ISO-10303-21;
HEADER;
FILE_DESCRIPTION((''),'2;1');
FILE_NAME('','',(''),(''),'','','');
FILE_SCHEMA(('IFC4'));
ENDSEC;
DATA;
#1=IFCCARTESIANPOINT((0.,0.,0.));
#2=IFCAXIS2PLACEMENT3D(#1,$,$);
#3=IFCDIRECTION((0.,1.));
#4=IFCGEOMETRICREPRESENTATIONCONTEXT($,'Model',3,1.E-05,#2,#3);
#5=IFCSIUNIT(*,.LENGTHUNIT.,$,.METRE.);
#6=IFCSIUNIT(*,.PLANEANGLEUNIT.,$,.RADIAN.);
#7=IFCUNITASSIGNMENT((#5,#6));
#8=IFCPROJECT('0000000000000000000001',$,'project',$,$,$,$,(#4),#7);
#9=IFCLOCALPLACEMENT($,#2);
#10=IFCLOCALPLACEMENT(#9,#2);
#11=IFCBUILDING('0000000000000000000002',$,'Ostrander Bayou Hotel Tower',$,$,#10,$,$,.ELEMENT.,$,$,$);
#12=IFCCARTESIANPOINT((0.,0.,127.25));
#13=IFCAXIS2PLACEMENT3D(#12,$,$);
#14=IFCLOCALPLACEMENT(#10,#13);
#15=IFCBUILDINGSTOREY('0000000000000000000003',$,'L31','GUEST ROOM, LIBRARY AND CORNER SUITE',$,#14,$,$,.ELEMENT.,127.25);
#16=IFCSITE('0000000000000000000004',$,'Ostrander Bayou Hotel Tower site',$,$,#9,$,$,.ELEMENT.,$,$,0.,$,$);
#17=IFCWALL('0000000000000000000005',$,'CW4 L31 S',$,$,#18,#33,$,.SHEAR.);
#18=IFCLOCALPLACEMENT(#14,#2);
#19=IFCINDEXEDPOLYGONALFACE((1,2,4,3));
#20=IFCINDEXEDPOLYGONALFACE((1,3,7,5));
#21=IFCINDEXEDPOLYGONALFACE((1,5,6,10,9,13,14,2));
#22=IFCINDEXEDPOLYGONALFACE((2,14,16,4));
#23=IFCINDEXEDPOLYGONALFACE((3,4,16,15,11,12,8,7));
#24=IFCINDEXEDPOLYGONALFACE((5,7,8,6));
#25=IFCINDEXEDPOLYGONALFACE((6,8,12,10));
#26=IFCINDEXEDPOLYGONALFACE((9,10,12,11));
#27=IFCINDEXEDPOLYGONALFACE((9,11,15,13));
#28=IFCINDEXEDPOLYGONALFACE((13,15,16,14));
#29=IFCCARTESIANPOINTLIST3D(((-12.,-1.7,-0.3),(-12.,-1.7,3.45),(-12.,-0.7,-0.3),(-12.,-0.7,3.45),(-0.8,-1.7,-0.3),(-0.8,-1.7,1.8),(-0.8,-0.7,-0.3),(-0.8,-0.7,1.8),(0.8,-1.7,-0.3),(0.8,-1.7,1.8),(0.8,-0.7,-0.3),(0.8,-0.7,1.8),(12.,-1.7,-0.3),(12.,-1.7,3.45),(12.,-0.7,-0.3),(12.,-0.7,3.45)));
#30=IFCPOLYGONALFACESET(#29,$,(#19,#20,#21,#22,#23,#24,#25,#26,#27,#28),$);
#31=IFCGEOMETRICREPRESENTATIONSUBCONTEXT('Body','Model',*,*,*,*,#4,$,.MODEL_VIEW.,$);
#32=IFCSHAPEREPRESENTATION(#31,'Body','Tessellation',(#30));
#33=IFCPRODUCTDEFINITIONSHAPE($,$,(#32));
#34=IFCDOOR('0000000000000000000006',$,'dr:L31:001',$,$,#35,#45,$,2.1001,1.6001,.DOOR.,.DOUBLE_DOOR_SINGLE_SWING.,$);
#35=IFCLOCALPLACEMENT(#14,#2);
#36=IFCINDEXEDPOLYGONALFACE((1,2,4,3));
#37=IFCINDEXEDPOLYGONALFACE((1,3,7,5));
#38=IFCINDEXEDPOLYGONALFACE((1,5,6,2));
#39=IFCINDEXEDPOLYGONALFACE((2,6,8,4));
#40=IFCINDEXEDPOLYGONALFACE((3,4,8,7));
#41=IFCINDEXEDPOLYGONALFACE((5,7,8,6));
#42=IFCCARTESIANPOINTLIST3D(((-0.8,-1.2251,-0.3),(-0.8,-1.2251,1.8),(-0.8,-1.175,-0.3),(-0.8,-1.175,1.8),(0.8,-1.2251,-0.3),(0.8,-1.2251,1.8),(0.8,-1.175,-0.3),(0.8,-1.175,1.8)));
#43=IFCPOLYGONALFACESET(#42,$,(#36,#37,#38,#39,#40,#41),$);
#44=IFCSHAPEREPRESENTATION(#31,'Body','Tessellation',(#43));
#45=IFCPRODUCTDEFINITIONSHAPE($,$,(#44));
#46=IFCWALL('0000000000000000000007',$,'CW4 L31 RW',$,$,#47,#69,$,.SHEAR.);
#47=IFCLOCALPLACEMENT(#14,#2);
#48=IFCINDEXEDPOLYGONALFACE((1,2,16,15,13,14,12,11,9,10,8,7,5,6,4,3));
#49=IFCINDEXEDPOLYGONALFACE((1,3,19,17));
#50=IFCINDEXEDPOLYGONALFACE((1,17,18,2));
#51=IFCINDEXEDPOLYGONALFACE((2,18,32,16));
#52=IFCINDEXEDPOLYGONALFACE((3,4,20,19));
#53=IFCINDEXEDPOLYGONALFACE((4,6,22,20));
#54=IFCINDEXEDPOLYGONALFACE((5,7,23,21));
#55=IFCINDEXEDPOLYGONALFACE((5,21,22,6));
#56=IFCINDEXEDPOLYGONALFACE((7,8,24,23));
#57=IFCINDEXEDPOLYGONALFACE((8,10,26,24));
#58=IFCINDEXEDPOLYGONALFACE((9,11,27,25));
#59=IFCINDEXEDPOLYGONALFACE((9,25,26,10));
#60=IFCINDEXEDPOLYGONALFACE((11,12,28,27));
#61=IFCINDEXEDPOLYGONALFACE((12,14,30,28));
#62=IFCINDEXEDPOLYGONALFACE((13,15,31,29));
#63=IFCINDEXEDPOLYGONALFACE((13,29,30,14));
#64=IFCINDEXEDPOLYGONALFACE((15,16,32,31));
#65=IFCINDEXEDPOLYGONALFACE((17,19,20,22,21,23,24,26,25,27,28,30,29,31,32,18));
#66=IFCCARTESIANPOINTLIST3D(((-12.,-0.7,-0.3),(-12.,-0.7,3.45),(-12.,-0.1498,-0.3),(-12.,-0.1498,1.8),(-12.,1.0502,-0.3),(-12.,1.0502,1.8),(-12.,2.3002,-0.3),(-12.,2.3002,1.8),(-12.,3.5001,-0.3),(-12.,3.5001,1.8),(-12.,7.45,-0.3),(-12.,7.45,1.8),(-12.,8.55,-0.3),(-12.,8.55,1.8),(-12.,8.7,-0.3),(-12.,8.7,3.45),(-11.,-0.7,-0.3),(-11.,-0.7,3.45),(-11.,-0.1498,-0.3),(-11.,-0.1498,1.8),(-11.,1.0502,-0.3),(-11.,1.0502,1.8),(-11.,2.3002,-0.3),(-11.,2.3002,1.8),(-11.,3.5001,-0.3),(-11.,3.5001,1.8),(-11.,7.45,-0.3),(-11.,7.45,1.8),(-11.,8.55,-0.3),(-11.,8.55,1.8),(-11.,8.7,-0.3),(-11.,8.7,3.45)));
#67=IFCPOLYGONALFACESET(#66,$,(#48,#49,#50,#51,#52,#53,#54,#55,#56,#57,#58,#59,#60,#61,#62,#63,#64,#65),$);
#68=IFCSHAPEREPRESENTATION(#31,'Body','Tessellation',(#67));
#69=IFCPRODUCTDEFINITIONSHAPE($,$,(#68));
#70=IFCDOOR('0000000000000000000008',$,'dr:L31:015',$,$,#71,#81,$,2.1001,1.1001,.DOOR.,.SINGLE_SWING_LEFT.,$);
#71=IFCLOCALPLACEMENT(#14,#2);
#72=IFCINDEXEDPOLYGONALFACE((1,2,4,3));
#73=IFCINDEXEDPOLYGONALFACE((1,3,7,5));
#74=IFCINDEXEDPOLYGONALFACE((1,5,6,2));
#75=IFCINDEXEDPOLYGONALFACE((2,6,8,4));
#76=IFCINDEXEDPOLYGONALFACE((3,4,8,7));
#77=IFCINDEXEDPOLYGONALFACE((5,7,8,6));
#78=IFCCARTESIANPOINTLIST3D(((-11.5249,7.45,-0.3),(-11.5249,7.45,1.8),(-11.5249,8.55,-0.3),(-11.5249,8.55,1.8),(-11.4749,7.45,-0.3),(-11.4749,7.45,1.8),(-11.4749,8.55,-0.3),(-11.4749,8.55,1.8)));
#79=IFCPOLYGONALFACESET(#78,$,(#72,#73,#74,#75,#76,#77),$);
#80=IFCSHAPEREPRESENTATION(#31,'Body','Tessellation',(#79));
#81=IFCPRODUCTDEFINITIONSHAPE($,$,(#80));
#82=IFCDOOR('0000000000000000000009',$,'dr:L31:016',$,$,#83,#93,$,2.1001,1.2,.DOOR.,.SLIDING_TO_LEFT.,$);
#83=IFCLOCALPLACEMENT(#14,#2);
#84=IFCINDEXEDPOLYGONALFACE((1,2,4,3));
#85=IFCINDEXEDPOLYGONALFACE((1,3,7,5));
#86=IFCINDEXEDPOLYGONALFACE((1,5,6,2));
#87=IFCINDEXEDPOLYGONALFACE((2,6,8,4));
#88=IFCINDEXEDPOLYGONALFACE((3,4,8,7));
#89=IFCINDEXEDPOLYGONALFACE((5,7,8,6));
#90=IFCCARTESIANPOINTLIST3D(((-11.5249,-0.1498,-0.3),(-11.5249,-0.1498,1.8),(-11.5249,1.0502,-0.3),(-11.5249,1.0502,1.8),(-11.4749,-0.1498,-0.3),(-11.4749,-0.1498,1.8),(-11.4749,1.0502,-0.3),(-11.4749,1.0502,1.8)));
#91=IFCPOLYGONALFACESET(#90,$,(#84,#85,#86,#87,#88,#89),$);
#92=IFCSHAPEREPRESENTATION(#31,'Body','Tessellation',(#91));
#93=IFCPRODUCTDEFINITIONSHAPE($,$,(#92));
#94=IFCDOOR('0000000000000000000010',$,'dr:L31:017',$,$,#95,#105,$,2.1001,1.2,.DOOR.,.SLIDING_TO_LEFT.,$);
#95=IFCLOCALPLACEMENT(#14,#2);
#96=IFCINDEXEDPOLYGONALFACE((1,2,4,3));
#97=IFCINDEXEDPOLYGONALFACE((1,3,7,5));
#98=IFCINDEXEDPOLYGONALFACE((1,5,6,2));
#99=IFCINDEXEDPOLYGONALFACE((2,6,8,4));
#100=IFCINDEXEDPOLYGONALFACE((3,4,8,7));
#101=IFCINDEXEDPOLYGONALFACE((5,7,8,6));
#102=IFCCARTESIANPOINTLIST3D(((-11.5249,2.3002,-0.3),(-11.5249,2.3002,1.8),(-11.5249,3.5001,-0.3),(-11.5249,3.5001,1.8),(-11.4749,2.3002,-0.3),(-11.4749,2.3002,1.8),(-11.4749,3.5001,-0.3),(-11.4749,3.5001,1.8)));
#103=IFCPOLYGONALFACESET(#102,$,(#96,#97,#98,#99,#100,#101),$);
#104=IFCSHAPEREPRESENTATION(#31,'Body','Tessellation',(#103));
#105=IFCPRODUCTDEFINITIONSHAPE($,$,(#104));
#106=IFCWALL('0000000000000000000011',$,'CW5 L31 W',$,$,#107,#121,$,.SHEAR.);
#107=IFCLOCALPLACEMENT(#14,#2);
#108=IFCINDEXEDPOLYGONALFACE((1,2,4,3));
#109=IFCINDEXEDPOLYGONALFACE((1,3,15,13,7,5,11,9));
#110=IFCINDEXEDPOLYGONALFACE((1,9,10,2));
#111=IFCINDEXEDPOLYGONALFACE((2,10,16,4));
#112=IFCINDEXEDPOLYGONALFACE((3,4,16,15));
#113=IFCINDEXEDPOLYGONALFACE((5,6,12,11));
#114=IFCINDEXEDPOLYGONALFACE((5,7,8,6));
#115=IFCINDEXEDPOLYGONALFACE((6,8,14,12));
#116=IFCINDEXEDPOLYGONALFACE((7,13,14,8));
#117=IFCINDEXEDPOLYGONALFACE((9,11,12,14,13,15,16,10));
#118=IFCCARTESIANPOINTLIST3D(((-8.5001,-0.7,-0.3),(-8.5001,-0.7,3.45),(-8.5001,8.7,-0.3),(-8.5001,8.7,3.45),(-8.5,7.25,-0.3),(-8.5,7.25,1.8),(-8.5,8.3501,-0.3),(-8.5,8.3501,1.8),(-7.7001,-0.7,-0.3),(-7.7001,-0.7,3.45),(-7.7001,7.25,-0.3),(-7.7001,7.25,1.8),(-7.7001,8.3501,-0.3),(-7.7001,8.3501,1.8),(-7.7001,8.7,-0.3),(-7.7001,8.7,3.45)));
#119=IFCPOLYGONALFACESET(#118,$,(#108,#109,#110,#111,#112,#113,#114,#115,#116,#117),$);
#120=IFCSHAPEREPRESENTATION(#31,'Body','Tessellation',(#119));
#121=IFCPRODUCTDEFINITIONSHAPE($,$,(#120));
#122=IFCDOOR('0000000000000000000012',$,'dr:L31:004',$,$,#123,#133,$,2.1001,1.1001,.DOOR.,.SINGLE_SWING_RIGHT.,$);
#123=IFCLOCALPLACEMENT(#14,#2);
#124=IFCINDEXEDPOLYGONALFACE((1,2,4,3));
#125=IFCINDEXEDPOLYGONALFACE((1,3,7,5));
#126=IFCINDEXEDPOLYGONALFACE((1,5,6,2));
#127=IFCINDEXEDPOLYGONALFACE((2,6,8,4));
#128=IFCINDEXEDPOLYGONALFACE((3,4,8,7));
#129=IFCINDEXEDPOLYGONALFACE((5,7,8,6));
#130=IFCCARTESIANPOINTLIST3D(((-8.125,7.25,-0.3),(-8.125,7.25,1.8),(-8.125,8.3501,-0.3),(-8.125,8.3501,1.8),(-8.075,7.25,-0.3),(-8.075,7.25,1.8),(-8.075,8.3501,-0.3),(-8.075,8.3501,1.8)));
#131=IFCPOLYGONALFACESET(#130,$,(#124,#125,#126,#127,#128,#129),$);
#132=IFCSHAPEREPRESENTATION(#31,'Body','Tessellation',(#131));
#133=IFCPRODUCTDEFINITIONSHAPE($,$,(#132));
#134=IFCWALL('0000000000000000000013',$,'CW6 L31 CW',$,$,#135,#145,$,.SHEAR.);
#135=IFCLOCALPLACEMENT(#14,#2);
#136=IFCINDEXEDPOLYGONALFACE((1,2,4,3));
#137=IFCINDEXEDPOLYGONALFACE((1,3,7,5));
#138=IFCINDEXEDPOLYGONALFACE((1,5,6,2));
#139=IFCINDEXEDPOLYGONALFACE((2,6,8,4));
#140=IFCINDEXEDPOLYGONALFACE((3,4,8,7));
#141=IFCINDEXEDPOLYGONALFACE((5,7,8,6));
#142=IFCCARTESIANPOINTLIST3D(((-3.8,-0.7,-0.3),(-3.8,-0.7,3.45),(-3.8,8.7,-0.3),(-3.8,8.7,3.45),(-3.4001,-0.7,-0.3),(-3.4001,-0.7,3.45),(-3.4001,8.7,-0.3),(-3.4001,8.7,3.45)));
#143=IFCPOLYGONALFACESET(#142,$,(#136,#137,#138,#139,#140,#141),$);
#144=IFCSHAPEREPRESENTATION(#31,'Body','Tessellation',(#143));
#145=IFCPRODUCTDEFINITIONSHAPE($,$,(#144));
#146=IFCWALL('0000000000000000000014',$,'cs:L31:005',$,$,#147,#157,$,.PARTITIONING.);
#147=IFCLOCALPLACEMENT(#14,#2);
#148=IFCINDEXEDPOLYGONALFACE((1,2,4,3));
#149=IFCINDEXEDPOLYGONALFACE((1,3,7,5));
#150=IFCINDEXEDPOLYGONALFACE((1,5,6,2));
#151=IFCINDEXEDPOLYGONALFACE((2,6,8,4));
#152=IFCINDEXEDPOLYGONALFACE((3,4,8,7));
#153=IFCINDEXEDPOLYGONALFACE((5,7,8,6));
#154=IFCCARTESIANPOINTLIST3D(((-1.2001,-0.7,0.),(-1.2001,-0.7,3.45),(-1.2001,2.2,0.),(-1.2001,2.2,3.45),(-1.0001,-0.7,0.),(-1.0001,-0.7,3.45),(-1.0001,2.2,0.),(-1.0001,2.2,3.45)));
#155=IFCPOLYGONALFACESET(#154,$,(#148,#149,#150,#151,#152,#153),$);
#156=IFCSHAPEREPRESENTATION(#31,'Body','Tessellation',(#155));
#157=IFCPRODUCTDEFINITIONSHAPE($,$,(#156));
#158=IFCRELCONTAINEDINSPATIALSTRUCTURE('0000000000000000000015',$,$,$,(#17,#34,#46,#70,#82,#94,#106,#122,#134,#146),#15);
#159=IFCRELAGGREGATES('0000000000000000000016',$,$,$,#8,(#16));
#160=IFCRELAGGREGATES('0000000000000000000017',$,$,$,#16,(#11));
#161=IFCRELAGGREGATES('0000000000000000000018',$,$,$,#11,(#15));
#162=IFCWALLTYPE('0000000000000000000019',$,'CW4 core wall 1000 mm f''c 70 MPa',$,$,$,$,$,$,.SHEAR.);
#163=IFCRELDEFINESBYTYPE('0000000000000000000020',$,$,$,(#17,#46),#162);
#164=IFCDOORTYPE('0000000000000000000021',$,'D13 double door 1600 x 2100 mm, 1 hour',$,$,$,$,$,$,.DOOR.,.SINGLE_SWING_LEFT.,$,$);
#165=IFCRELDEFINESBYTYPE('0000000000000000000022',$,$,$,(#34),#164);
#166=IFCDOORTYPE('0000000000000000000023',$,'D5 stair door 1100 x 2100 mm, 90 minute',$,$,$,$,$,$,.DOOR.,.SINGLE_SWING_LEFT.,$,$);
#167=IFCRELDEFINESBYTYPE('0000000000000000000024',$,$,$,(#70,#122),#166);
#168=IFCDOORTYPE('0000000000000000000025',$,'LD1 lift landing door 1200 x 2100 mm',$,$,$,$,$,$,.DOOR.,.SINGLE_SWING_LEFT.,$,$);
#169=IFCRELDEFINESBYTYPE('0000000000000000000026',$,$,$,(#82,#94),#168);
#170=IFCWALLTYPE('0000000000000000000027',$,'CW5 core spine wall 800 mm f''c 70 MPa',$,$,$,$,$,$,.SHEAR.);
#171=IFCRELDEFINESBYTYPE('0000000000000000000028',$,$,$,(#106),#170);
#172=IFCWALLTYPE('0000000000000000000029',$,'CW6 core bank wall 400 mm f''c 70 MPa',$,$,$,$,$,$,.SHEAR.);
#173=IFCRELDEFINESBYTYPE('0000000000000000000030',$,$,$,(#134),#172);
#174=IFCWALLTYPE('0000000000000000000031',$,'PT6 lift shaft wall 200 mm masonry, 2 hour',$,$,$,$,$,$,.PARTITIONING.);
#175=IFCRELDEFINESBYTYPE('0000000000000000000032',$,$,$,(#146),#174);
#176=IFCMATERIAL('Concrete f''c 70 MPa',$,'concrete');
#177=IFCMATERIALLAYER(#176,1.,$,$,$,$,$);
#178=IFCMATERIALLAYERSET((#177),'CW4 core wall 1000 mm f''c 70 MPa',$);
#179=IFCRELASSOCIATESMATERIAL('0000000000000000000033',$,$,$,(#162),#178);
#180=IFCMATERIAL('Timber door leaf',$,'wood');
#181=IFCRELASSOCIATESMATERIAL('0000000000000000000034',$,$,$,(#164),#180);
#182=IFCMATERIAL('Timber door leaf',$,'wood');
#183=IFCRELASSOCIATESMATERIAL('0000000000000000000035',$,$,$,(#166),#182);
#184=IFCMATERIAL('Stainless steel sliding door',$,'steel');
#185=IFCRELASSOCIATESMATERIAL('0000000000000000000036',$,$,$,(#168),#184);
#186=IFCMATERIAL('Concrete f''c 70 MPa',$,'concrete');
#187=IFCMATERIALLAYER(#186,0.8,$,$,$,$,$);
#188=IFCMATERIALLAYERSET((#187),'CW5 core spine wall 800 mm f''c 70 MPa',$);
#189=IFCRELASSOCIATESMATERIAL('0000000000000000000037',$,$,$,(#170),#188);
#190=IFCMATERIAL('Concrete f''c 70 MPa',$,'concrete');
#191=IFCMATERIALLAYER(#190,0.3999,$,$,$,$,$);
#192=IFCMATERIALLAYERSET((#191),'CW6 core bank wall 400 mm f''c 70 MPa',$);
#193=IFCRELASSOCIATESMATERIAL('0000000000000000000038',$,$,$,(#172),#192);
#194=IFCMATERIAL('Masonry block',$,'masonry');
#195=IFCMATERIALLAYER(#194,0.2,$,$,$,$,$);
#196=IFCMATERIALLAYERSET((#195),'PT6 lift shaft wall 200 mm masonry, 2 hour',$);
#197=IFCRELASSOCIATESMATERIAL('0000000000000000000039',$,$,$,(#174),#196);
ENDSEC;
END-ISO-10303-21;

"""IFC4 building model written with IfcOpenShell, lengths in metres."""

from ifc_helpers import new_model, si_unit, direction, frame, frame_2d, origin, place, context, subcontext, project, spatial, rectangle, extrude, material, layer, layer_set, type_object, element, fill, save


model = new_model("IFC4")

# Units and contexts
model_context = context("Model", 3, precision=1e-05, world=origin(), true_north=direction((0.0, 1.0)))
body_context = subcontext(model_context, "Body", "Model", "MODEL_VIEW")
ifc_project = project(units=[si_unit("LENGTHUNIT", "METRE"), si_unit("PLANEANGLEUNIT", "RADIAN")], contexts=[model_context])

# Site, building, storey
site_placement = place(None, origin())
site = spatial("IfcSite", under=ifc_project, at=site_placement, Name="Ostrander Bayou Hotel Tower site", CompositionType="ELEMENT", RefElevation=0.0)
building_placement = place(site_placement, origin())
building = spatial("IfcBuilding", under=site, at=building_placement, Name="Ostrander Bayou Hotel Tower", CompositionType="ELEMENT")
storey_placement = place(building_placement, frame((0.0, 0.0, 127.25)))
storey = spatial("IfcBuildingStorey", under=building, at=storey_placement, Name="L31", Description="GUEST ROOM, LIBRARY AND CORNER SUITE", CompositionType="ELEMENT", Elevation=127.25)

# Wall, opening, door
ifc_material_1 = material(Name="Concrete f'c 70 MPa", Category="concrete")
ifc_layer_1 = layer(ifc_material_1, 1.0)
ifc_layer_set_1 = layer_set([ifc_layer_1], Name="CW4 core wall 1000 mm f'c 70 MPa")
wall_type_1 = type_object("IfcWallType", Name="CW4 core wall 1000 mm f'c 70 MPa", PredefinedType="SHEAR", material=ifc_layer_set_1)
wall_1_placement = place(storey_placement, frame((-12.0, -1.2, -0.3), z_axis=(0.0, 0.0, 1.0), x_axis=(1.0, 0.0, 0.0)))
wall_1 = element("IfcWall", 1, at=wall_1_placement, inside=storey, type_object=wall_type_1, Name="CW4 L31 S", PredefinedType="SHEAR", context=body_context, shape_type="SweptSolid", body=[
    extrude(rectangle(XDim=24.0, YDim=1.0, at=frame_2d((12.0, 0.0))), origin(), (0.0, 0.0, 1.0), 3.75),
])
opening_1_placement = place(wall_1_placement, frame((11.2, 0.0, 0.0)))
opening_1 = element("IfcOpeningElement", 2, at=opening_1_placement, cuts=wall_1, PredefinedType="OPENING", context=body_context, shape_type="SweptSolid", body=[
    extrude(rectangle(XDim=1.6001, YDim=2.1001, at=frame_2d((0.8, 1.05))), frame((0.0, 0.5, 0.0), z_axis=(0.0, -1.0, 0.0), x_axis=(1.0, 0.0, 0.0)), (0.0, 0.0, 1.0), 1.0),
])
ifc_material_2 = material(Name="Timber door leaf", Category="wood")
door_type_1 = type_object("IfcDoorType", Name="D13 double door 1600 x 2100 mm, 1 hour", OperationType="SINGLE_SWING_LEFT", PredefinedType="DOOR", material=ifc_material_2)
door_1_placement = place(opening_1_placement, origin())
door_1 = element("IfcDoor", 3, at=door_1_placement, inside=storey, type_object=door_type_1, Name="dr:L31:001", OperationType="DOUBLE_DOOR_SINGLE_SWING", OverallHeight=2.1001, OverallWidth=1.6001, PredefinedType="DOOR", context=body_context, shape_type="SweptSolid", body=[
    extrude(rectangle(XDim=1.6001, YDim=2.1001, at=frame_2d((0.8, 1.05))), frame((0.0, 0.0249, 0.0), z_axis=(0.0, -1.0, 0.0), x_axis=(1.0, 0.0, 0.0)), (0.0, 0.0, 1.0), 0.05),
])
fill(opening_1, door_1)

# Wall, openings, doors
wall_2_placement = place(storey_placement, frame((-11.5, -0.7, -0.3), z_axis=(0.0, 0.0, 1.0), x_axis=(0.0, 1.0, 0.0)))
wall_2 = element("IfcWall", 4, at=wall_2_placement, inside=storey, type_object=wall_type_1, Name="CW4 L31 RW", PredefinedType="SHEAR", context=body_context, shape_type="SweptSolid", body=[
    extrude(rectangle(XDim=9.3999, YDim=1.0, at=frame_2d((4.7, 0.0))), origin(), (0.0, 0.0, 1.0), 3.75),
])
opening_2_placement = place(wall_2_placement, frame((8.1499, 0.0, 0.0)))
opening_2 = element("IfcOpeningElement", 5, at=opening_2_placement, cuts=wall_2, PredefinedType="OPENING", context=body_context, shape_type="SweptSolid", body=[
    extrude(rectangle(XDim=1.1001, YDim=2.1001, at=frame_2d((0.55, 1.05))), frame((0.0, 0.5, 0.0), z_axis=(0.0, -1.0, 0.0), x_axis=(1.0, 0.0, 0.0)), (0.0, 0.0, 1.0), 1.0),
])
opening_3_placement = place(wall_2_placement, frame((0.55, 0.0, 0.0)))
opening_3 = element("IfcOpeningElement", 6, at=opening_3_placement, cuts=wall_2, PredefinedType="OPENING", context=body_context, shape_type="SweptSolid", body=[
    extrude(rectangle(XDim=1.2, YDim=2.1001, at=frame_2d((0.6001, 1.05))), frame((0.0, 0.5, 0.0), z_axis=(0.0, -1.0, 0.0), x_axis=(1.0, 0.0, 0.0)), (0.0, 0.0, 1.0), 1.0),
])
opening_4_placement = place(wall_2_placement, frame((3.0, 0.0, 0.0)))
opening_4 = element("IfcOpeningElement", 7, at=opening_4_placement, cuts=wall_2, PredefinedType="OPENING", context=body_context, shape_type="SweptSolid", body=[
    extrude(rectangle(XDim=1.2, YDim=2.1001, at=frame_2d((0.6001, 1.05))), frame((0.0, 0.5, 0.0), z_axis=(0.0, -1.0, 0.0), x_axis=(1.0, 0.0, 0.0)), (0.0, 0.0, 1.0), 1.0),
])
ifc_material_3 = material(Name="Timber door leaf", Category="wood")
door_type_2 = type_object("IfcDoorType", Name="D5 stair door 1100 x 2100 mm, 90 minute", OperationType="SINGLE_SWING_LEFT", PredefinedType="DOOR", material=ifc_material_3)
door_2_placement = place(opening_2_placement, origin())
door_2 = element("IfcDoor", 8, at=door_2_placement, inside=storey, type_object=door_type_2, Name="dr:L31:015", OperationType="SINGLE_SWING_LEFT", OverallHeight=2.1001, OverallWidth=1.1001, PredefinedType="DOOR", context=body_context, shape_type="SweptSolid", body=[
    extrude(rectangle(XDim=1.1001, YDim=2.1001, at=frame_2d((0.55, 1.05))), frame((0.0, 0.0249, 0.0), z_axis=(0.0, -1.0, 0.0), x_axis=(1.0, 0.0, 0.0)), (0.0, 0.0, 1.0), 0.05),
])
fill(opening_2, door_2)
ifc_material_4 = material(Name="Stainless steel sliding door", Category="steel")
door_type_3 = type_object("IfcDoorType", Name="LD1 lift landing door 1200 x 2100 mm", OperationType="SINGLE_SWING_LEFT", PredefinedType="DOOR", material=ifc_material_4)
door_3_placement = place(opening_3_placement, origin())
door_3 = element("IfcDoor", 9, at=door_3_placement, inside=storey, type_object=door_type_3, Name="dr:L31:016", OperationType="SLIDING_TO_LEFT", OverallHeight=2.1001, OverallWidth=1.2, PredefinedType="DOOR", context=body_context, shape_type="SweptSolid", body=[
    extrude(rectangle(XDim=1.2, YDim=2.1001, at=frame_2d((0.6001, 1.05))), frame((0.0, 0.0249, 0.0), z_axis=(0.0, -1.0, 0.0), x_axis=(1.0, 0.0, 0.0)), (0.0, 0.0, 1.0), 0.05),
])
fill(opening_3, door_3)
door_4_placement = place(opening_4_placement, origin())
door_4 = element("IfcDoor", 10, at=door_4_placement, inside=storey, type_object=door_type_3, Name="dr:L31:017", OperationType="SLIDING_TO_LEFT", OverallHeight=2.1001, OverallWidth=1.2, PredefinedType="DOOR", context=body_context, shape_type="SweptSolid", body=[
    extrude(rectangle(XDim=1.2, YDim=2.1001, at=frame_2d((0.6001, 1.05))), frame((0.0, 0.0249, 0.0), z_axis=(0.0, -1.0, 0.0), x_axis=(1.0, 0.0, 0.0)), (0.0, 0.0, 1.0), 0.05),
])
fill(opening_4, door_4)

# Wall, opening, door
ifc_material_5 = material(Name="Concrete f'c 70 MPa", Category="concrete")
ifc_layer_2 = layer(ifc_material_5, 0.8)
ifc_layer_set_2 = layer_set([ifc_layer_2], Name="CW5 core spine wall 800 mm f'c 70 MPa")
wall_type_2 = type_object("IfcWallType", Name="CW5 core spine wall 800 mm f'c 70 MPa", PredefinedType="SHEAR", material=ifc_layer_set_2)
wall_3_placement = place(storey_placement, frame((-8.1001, -0.7, -0.3), z_axis=(0.0, 0.0, 1.0), x_axis=(0.0, 1.0, 0.0)))
wall_3 = element("IfcWall", 11, at=wall_3_placement, inside=storey, type_object=wall_type_2, Name="CW5 L31 W", PredefinedType="SHEAR", context=body_context, shape_type="SweptSolid", body=[
    extrude(rectangle(XDim=9.3999, YDim=0.8, at=frame_2d((4.7, 0.0))), origin(), (0.0, 0.0, 1.0), 3.75),
])
opening_5_placement = place(wall_3_placement, frame((7.95, 0.0, 0.0)))
opening_5 = element("IfcOpeningElement", 12, at=opening_5_placement, cuts=wall_3, PredefinedType="OPENING", context=body_context, shape_type="SweptSolid", body=[
    extrude(rectangle(XDim=1.1001, YDim=2.1001, at=frame_2d((0.55, 1.05))), frame((0.0, 0.3999, 0.0), z_axis=(0.0, -1.0, 0.0), x_axis=(1.0, 0.0, 0.0)), (0.0, 0.0, 1.0), 0.8),
])
door_5_placement = place(opening_5_placement, origin())
door_5 = element("IfcDoor", 13, at=door_5_placement, inside=storey, type_object=door_type_2, Name="dr:L31:004", OperationType="SINGLE_SWING_RIGHT", OverallHeight=2.1001, OverallWidth=1.1001, PredefinedType="DOOR", context=body_context, shape_type="SweptSolid", body=[
    extrude(rectangle(XDim=1.1001, YDim=2.1001, at=frame_2d((0.55, 1.05))), frame((0.0, 0.0249, 0.0), z_axis=(0.0, -1.0, 0.0), x_axis=(1.0, 0.0, 0.0)), (0.0, 0.0, 1.0), 0.05),
])
fill(opening_5, door_5)

# Walls
ifc_material_6 = material(Name="Concrete f'c 70 MPa", Category="concrete")
ifc_layer_3 = layer(ifc_material_6, 0.3999)
ifc_layer_set_3 = layer_set([ifc_layer_3], Name="CW6 core bank wall 400 mm f'c 70 MPa")
wall_type_3 = type_object("IfcWallType", Name="CW6 core bank wall 400 mm f'c 70 MPa", PredefinedType="SHEAR", material=ifc_layer_set_3)
wall_4_placement = place(storey_placement, frame((-3.6001, -0.7, -0.3), z_axis=(0.0, 0.0, 1.0), x_axis=(0.0, 1.0, 0.0)))
element("IfcWall", 14, at=wall_4_placement, inside=storey, type_object=wall_type_3, Name="CW6 L31 CW", PredefinedType="SHEAR", context=body_context, shape_type="SweptSolid", body=[
    extrude(rectangle(XDim=9.3999, YDim=0.3999, at=frame_2d((4.7, 0.0))), origin(), (0.0, 0.0, 1.0), 3.75),
])
ifc_material_7 = material(Name="Masonry block", Category="masonry")
ifc_layer_4 = layer(ifc_material_7, 0.2)
ifc_layer_set_4 = layer_set([ifc_layer_4], Name="PT6 lift shaft wall 200 mm masonry, 2 hour")
wall_type_4 = type_object("IfcWallType", Name="PT6 lift shaft wall 200 mm masonry, 2 hour", PredefinedType="PARTITIONING", material=ifc_layer_set_4)
wall_5_placement = place(storey_placement, frame((-1.1001, -0.7, 0.0), z_axis=(0.0, 0.0, 1.0), x_axis=(0.0, 1.0, 0.0)))
element("IfcWall", 15, at=wall_5_placement, inside=storey, type_object=wall_type_4, Name="cs:L31:005", PredefinedType="PARTITIONING", context=body_context, shape_type="SweptSolid", body=[
    extrude(rectangle(XDim=2.8999, YDim=0.2, at=frame_2d((1.45, 0.0))), origin(), (0.0, 0.0, 1.0), 3.45),
])

save(model, "model.ifc")
